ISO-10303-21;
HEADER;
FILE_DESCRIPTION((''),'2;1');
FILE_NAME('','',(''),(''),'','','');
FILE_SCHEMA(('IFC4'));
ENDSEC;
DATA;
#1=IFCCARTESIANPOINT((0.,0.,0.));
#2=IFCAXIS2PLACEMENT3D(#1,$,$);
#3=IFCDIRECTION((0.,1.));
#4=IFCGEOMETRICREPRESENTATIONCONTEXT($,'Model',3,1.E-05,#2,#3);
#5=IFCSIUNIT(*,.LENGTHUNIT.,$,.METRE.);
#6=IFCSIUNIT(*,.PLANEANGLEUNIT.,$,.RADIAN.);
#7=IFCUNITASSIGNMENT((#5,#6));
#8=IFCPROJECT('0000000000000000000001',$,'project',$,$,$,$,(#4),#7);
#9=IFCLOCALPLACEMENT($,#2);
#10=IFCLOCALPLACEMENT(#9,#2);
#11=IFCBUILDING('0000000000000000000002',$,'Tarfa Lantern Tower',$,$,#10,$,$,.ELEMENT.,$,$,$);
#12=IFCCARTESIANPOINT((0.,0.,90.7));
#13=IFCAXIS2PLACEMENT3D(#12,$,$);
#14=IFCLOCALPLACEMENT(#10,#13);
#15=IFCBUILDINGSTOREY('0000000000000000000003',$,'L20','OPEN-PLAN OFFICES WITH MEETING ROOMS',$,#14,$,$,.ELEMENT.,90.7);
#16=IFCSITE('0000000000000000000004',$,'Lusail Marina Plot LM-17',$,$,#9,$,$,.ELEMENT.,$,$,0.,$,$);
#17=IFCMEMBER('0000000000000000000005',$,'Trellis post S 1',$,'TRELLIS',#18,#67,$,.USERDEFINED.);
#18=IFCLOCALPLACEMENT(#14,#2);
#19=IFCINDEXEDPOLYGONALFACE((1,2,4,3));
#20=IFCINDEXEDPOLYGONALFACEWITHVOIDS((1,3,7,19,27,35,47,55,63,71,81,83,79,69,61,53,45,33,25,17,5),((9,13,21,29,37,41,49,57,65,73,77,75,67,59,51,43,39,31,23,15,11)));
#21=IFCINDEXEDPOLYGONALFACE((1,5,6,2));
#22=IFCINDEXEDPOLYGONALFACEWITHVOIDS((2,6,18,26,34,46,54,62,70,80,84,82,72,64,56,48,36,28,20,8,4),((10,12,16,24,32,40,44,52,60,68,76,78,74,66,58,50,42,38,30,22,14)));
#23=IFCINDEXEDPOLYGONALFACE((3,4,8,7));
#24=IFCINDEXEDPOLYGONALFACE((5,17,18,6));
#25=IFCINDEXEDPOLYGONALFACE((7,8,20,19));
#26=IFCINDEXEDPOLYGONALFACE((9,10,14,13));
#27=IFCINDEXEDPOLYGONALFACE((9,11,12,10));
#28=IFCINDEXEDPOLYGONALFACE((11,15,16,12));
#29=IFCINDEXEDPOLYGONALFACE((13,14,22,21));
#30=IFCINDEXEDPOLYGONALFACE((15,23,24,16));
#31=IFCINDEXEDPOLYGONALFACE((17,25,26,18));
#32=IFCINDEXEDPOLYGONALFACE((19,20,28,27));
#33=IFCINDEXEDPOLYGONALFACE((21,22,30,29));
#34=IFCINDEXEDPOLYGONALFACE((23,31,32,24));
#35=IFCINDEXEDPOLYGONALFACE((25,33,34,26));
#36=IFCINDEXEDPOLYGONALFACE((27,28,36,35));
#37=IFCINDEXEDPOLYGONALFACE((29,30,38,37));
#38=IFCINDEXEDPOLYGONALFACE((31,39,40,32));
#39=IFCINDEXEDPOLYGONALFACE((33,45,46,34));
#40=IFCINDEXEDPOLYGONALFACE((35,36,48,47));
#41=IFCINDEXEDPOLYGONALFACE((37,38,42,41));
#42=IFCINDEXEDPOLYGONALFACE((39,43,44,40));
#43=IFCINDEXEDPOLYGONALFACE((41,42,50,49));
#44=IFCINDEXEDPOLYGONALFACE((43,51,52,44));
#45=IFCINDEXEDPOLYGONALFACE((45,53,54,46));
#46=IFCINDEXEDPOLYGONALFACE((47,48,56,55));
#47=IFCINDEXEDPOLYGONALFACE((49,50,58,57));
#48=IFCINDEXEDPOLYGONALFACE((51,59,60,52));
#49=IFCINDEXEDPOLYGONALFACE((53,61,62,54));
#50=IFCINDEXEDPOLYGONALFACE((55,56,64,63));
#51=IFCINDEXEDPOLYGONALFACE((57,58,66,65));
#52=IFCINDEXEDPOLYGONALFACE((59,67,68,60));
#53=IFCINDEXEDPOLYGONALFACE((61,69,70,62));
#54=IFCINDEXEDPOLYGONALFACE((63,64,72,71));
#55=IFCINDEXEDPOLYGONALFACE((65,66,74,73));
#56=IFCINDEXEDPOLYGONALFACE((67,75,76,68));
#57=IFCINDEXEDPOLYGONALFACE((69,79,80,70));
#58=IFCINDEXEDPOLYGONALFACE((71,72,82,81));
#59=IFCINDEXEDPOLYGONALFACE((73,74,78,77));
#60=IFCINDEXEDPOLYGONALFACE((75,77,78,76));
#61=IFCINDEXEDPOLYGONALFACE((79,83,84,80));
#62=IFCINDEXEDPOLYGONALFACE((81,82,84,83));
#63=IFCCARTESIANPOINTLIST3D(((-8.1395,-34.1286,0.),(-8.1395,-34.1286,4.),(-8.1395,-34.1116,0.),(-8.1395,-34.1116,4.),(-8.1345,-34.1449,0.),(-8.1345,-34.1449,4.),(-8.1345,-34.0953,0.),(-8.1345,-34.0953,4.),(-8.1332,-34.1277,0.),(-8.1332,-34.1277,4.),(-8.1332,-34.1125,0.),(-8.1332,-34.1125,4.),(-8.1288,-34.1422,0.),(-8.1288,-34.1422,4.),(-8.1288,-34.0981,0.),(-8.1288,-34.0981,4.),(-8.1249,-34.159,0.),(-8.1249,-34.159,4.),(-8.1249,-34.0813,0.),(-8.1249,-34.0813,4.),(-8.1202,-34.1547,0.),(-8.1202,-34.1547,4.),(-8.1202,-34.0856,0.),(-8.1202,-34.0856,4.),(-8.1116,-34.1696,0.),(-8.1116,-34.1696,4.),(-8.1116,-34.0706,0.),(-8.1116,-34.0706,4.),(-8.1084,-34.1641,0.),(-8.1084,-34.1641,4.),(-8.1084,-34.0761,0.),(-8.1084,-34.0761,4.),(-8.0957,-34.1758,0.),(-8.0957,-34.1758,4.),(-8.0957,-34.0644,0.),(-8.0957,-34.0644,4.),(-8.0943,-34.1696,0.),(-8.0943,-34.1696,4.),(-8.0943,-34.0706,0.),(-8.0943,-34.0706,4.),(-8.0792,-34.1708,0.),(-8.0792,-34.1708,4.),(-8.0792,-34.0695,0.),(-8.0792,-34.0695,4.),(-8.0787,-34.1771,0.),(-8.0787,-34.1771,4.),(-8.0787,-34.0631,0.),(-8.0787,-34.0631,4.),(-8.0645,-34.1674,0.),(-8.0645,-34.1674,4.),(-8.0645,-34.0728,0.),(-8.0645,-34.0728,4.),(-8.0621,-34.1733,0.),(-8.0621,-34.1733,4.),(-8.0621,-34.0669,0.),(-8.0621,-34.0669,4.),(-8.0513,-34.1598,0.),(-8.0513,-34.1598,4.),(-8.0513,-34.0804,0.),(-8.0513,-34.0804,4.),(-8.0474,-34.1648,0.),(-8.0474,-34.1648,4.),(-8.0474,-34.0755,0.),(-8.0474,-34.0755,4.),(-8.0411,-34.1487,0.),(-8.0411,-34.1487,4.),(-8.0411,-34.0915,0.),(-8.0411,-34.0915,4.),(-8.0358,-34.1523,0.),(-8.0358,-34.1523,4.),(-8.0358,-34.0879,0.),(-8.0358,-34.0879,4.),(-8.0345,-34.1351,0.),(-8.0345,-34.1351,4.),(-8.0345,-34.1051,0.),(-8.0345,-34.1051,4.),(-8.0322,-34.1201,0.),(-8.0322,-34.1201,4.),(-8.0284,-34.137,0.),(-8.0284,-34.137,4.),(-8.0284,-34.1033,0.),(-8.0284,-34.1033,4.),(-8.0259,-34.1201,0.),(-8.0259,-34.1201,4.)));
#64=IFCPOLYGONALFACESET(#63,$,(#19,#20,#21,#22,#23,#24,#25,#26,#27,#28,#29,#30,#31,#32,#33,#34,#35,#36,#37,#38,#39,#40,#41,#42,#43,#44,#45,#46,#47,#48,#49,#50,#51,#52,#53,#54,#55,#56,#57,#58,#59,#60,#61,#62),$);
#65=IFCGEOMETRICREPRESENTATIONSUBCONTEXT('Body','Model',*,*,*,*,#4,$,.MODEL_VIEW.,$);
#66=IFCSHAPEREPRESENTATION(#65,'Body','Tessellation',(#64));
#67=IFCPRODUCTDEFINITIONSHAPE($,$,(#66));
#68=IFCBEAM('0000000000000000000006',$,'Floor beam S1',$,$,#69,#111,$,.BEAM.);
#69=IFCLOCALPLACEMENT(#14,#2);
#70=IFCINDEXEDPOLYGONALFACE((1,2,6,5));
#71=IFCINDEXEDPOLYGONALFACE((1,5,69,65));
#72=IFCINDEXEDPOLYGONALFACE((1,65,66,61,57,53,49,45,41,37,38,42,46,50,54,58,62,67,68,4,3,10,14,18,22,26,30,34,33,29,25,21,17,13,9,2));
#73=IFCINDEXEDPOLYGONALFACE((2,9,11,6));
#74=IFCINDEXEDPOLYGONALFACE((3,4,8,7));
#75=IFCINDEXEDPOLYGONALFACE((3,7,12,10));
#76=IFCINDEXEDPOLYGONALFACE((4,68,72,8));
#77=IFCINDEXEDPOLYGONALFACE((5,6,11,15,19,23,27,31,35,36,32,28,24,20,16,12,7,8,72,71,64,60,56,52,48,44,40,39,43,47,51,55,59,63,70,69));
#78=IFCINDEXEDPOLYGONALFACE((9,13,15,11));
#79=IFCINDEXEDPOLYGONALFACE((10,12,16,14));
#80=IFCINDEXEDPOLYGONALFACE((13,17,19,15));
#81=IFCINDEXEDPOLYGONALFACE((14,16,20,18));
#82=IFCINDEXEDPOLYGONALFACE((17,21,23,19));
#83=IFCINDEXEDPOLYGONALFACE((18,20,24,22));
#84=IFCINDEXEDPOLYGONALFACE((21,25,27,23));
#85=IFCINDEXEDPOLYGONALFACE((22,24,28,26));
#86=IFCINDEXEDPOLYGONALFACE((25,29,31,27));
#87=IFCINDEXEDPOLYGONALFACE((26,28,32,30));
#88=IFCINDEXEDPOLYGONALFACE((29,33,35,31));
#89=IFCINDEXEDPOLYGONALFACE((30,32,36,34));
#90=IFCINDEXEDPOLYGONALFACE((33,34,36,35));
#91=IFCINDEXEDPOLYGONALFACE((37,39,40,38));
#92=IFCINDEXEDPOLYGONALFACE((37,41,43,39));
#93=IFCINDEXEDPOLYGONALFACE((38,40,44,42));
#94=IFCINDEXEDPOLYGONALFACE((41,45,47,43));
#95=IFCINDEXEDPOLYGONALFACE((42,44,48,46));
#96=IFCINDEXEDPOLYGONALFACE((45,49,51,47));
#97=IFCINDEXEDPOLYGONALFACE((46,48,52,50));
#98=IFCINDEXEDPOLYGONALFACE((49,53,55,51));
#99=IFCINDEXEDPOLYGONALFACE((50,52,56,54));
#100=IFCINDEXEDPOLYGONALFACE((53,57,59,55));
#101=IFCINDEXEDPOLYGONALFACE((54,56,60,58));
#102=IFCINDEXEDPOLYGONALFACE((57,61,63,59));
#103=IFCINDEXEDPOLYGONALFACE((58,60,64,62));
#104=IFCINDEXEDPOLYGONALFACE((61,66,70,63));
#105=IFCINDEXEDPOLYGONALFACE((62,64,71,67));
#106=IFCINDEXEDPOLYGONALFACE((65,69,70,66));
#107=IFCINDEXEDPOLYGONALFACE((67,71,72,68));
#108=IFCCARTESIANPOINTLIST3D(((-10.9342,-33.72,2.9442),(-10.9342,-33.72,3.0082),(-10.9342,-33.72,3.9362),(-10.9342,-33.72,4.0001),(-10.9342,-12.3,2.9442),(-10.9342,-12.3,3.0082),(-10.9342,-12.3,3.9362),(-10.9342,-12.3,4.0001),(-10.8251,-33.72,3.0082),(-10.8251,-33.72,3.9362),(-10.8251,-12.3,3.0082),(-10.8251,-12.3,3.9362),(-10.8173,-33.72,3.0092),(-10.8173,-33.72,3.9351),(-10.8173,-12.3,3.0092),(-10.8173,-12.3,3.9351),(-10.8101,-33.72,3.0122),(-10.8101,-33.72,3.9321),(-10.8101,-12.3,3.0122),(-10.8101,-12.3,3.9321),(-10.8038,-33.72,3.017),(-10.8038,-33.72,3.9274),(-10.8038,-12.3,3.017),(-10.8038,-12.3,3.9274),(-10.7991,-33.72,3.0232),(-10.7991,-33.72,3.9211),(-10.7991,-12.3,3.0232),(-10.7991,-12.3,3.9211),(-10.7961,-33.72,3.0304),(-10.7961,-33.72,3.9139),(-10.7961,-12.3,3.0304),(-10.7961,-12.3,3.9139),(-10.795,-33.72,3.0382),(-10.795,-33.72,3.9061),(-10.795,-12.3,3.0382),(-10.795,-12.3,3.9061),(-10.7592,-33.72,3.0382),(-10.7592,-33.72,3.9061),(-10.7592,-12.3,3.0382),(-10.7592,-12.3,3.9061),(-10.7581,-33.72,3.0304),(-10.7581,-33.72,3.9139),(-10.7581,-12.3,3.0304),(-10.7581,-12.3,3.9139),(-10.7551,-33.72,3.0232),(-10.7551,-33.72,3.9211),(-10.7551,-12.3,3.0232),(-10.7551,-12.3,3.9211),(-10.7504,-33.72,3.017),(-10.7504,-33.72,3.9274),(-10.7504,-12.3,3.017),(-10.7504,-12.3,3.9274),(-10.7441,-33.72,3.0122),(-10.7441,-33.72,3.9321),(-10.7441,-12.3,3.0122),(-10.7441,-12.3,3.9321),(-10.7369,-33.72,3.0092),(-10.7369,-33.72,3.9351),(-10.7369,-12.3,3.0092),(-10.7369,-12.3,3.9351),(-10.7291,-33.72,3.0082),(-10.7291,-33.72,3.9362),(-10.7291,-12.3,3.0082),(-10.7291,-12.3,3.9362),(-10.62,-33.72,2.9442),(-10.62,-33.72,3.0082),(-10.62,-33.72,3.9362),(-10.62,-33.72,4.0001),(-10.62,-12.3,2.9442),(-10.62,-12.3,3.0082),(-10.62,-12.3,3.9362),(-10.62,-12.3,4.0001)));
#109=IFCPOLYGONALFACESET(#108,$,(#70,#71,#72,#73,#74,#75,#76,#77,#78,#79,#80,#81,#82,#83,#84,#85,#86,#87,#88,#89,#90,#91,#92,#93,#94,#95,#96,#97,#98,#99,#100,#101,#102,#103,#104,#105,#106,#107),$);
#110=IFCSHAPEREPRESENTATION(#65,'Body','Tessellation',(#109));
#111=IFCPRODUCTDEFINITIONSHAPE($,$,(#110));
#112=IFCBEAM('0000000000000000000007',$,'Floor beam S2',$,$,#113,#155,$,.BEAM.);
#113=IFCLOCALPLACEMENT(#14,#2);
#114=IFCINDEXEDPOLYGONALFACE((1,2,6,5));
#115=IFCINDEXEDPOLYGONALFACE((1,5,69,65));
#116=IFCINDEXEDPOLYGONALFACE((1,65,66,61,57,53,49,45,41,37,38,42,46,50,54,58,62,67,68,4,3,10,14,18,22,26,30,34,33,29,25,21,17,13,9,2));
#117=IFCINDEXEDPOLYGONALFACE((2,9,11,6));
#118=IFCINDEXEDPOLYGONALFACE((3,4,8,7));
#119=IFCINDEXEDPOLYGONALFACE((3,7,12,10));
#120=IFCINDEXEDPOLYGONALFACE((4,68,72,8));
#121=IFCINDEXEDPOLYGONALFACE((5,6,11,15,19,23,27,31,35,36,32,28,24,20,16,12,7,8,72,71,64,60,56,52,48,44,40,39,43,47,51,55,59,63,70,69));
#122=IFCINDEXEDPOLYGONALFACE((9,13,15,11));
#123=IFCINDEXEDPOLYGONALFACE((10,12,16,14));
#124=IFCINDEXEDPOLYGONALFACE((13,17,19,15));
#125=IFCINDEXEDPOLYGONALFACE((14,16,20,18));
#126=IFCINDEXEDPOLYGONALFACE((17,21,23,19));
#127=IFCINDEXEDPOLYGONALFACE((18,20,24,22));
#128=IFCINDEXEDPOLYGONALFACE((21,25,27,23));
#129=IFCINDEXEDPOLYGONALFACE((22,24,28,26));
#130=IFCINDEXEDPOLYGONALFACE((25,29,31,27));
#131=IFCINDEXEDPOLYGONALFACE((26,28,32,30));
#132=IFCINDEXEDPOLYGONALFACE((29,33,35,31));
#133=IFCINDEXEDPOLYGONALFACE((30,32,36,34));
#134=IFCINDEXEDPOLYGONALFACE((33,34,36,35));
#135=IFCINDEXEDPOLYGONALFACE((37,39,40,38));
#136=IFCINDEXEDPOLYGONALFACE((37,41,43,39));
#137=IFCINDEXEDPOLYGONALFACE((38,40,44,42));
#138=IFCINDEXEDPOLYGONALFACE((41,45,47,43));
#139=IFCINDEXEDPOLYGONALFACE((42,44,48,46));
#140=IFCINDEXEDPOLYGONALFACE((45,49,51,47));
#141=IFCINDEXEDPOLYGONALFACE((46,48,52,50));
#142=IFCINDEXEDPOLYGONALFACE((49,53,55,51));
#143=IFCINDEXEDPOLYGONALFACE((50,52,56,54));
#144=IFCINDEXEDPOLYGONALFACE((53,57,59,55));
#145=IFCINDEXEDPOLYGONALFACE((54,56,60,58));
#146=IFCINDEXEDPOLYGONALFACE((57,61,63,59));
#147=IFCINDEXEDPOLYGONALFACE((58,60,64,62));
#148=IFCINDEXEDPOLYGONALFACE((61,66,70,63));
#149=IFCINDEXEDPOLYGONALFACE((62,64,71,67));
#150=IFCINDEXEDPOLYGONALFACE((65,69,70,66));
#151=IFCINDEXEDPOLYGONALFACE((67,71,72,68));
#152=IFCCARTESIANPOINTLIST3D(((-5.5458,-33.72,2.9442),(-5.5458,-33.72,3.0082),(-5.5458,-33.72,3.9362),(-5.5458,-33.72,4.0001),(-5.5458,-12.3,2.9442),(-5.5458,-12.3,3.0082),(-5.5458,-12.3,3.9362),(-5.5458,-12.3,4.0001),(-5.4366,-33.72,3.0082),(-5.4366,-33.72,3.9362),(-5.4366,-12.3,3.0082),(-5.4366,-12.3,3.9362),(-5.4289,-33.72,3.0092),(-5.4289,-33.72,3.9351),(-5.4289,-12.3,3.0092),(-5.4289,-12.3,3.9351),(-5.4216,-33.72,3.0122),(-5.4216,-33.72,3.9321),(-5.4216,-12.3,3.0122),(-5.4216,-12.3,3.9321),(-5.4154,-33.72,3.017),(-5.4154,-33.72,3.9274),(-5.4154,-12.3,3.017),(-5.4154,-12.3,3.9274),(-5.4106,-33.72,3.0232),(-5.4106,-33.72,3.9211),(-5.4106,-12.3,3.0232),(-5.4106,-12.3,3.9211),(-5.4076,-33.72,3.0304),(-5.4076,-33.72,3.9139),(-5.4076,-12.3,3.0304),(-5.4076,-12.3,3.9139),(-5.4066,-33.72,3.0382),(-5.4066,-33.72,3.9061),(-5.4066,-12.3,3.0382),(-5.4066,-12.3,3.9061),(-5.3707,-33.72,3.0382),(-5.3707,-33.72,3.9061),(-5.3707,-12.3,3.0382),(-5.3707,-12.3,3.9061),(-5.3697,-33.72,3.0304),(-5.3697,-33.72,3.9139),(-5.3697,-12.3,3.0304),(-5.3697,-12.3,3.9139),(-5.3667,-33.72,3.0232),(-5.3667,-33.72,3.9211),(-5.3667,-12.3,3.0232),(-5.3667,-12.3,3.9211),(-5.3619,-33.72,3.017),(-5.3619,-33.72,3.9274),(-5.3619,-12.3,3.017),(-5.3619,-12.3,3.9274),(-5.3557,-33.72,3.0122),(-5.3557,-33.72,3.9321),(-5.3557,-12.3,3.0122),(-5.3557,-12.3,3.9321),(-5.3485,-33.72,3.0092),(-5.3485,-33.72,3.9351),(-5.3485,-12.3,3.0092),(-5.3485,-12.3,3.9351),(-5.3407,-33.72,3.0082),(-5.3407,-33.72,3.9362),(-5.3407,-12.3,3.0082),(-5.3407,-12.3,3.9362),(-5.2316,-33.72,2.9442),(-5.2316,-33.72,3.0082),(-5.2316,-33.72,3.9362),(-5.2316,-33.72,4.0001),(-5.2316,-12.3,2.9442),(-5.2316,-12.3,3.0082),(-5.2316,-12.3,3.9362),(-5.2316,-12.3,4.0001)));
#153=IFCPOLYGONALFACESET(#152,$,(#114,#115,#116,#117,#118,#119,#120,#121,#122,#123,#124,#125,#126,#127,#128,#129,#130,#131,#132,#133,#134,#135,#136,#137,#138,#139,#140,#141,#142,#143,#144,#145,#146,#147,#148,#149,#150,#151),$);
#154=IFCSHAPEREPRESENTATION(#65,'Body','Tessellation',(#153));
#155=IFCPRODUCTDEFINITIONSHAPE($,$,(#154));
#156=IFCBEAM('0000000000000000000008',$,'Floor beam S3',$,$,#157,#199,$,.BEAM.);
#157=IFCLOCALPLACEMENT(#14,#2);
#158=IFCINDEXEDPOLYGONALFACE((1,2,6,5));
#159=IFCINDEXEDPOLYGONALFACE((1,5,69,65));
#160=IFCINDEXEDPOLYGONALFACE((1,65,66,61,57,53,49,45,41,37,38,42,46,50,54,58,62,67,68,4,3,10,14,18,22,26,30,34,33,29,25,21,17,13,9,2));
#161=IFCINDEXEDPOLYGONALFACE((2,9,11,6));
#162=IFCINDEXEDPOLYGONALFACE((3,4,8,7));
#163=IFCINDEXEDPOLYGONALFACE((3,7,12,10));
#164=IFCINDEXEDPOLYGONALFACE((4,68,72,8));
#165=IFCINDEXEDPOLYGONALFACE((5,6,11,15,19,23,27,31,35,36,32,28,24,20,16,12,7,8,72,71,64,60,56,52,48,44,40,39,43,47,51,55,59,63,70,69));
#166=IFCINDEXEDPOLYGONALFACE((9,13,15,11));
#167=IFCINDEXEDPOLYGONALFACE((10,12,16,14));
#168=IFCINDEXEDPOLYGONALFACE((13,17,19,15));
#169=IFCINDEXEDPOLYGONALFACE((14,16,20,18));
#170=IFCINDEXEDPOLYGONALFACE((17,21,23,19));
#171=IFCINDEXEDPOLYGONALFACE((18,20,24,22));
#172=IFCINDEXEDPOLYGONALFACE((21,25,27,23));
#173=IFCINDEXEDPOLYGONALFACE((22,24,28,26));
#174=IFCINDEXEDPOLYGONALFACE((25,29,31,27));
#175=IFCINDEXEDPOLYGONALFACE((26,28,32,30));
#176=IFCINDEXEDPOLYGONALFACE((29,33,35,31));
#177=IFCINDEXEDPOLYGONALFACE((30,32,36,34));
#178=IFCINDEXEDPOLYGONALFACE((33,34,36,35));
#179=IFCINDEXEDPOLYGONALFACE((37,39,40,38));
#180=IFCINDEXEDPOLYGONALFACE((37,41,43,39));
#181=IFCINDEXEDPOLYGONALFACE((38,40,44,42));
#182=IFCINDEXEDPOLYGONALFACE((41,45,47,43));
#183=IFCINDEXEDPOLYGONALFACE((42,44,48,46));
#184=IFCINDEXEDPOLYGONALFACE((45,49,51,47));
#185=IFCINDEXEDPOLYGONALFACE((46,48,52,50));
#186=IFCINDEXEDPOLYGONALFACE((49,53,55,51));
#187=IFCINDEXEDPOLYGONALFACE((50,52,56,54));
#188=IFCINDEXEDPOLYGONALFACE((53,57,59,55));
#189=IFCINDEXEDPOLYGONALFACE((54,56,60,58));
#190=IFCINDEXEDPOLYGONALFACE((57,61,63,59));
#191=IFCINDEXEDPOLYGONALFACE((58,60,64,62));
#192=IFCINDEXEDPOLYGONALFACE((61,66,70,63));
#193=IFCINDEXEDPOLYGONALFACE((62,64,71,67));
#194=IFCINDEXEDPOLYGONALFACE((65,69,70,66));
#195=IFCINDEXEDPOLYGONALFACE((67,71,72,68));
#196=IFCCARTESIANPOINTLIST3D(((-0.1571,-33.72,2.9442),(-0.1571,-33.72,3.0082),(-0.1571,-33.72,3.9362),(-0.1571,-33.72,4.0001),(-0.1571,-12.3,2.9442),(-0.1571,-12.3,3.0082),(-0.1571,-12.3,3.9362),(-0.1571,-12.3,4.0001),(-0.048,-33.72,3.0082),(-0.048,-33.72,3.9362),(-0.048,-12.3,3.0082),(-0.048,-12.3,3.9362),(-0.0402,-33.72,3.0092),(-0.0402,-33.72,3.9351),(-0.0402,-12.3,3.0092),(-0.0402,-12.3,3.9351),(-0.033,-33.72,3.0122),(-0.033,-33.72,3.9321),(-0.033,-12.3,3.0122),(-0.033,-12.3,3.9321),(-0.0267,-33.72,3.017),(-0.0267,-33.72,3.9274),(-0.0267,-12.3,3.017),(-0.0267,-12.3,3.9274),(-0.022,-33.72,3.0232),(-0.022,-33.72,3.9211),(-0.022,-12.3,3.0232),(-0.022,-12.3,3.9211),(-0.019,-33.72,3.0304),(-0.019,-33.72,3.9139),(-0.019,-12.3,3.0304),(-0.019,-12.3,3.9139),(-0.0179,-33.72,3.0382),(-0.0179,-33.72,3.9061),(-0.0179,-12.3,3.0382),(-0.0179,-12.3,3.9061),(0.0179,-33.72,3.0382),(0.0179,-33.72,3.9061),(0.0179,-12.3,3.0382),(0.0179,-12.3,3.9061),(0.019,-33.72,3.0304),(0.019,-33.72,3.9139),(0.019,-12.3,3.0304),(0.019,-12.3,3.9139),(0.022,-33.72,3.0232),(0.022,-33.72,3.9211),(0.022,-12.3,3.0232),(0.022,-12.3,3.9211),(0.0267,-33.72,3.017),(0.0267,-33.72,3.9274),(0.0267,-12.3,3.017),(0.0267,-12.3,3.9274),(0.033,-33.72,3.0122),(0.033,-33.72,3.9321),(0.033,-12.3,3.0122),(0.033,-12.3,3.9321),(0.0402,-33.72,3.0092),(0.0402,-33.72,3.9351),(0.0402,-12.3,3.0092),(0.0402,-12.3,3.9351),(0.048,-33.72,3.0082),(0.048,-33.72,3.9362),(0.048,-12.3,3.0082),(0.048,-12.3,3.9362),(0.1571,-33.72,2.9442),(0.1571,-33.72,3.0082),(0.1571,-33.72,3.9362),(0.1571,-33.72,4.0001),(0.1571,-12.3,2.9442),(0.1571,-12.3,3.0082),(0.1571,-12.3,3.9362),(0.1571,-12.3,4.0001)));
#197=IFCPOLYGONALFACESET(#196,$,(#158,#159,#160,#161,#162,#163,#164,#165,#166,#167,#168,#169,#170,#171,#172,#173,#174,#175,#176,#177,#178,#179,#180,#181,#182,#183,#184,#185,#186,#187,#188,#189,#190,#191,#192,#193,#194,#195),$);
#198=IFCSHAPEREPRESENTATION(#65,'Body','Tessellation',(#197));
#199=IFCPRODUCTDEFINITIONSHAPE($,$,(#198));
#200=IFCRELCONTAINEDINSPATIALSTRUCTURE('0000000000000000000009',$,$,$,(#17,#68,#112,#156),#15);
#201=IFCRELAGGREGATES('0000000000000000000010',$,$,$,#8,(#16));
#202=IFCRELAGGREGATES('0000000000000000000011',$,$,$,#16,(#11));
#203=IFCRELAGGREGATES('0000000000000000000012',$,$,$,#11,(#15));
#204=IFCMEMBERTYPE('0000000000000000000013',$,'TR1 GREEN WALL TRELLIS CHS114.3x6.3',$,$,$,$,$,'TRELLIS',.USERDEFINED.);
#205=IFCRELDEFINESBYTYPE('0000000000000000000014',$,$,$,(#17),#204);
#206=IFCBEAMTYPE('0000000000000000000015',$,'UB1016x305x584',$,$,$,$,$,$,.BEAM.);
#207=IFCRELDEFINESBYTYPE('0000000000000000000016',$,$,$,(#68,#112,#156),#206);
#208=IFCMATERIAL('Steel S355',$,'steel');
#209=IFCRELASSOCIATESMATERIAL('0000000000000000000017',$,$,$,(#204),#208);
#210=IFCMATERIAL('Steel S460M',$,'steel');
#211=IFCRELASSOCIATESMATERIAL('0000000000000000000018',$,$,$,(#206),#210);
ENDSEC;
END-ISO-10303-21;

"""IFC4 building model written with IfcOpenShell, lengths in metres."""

from ifc_helpers import new_model, si_unit, direction, frame, origin, origin_2d, place, context, subcontext, project, spatial, hollow_circle, i_section, extrude, material, material_profile, profile_set, type_object, element, save


model = new_model("IFC4")

# Units and contexts
model_context = context("Model", 3, precision=1e-05, world=origin(), true_north=direction((0.0, 1.0)))
body_context = subcontext(model_context, "Body", "Model", "MODEL_VIEW")
ifc_project = project(units=[si_unit("LENGTHUNIT", "METRE"), si_unit("PLANEANGLEUNIT", "RADIAN")], contexts=[model_context])

# Site, building, storey
site_placement = place(None, origin())
site = spatial("IfcSite", under=ifc_project, at=site_placement, Name="Lusail Marina Plot LM-17", CompositionType="ELEMENT", RefElevation=0.0)
building_placement = place(site_placement, origin())
building = spatial("IfcBuilding", under=site, at=building_placement, Name="Tarfa Lantern Tower", CompositionType="ELEMENT")
storey_placement = place(building_placement, frame((0.0, 0.0, 90.7)))
storey = spatial("IfcBuildingStorey", under=building, at=storey_placement, Name="L20", Description="OPEN-PLAN OFFICES WITH MEETING ROOMS", CompositionType="ELEMENT", Elevation=90.7)

# Member
ifc_material_1 = material(Name="Steel S355", Category="steel")
ifc_material_profile_1 = material_profile(ifc_material_1, hollow_circle(Radius=0.0571, WallThickness=0.0063, at=origin_2d()), Name="CHS114.3x6.3")
ifc_profile_set_1 = profile_set([ifc_material_profile_1], Name="Steel S355")
member_type_1 = type_object("IfcMemberType", Name="TR1 GREEN WALL TRELLIS CHS114.3x6.3", ElementType="TRELLIS", PredefinedType="USERDEFINED", material=ifc_profile_set_1)
member_1_placement = place(storey_placement, frame((-8.083, -34.1201, 0.0), z_axis=(0.0, 0.0, 1.0), x_axis=(1.0, 0.0, 0.0)))
element("IfcMember", 1, at=member_1_placement, inside=storey, type_object=member_type_1, Name="Trellis post S 1", ObjectType="TRELLIS", PredefinedType="USERDEFINED", context=body_context, shape_type="SweptSolid", body=[
    extrude(hollow_circle(Radius=0.0571, WallThickness=0.0063, at=origin_2d()), origin(), (0.0, 0.0, 1.0), 4.0),
])

# Beams
ifc_material_2 = material(Name="Steel S460M", Category="steel")
ifc_material_profile_2 = material_profile(ifc_material_2, i_section(OverallWidth=0.3142, OverallDepth=1.0559, WebThickness=0.0359, FlangeThickness=0.064, FilletRadius=0.03, at=origin_2d()), Name="UB1016x305x584")
ifc_profile_set_2 = profile_set([ifc_material_profile_2], Name="Steel S460M")
beam_type_1 = type_object("IfcBeamType", Name="UB1016x305x584", PredefinedType="BEAM", material=ifc_profile_set_2)
for number, where, z_axis, x_axis, name in (
    (2, (-10.7771, -33.72, 3.4722), (0.0, 1.0, 0.0), (-1.0, 0.0, 0.0), "Floor beam S1"),
    (3, (-5.3887, -33.72, 3.4722), (0.0, 1.0, 0.0), (-1.0, 0.0, 0.0), "Floor beam S2"),
    (4, (0.0, -33.72, 3.4722), (0.0, 1.0, 0.0), (-1.0, 0.0, 0.0), "Floor beam S3"),
):
    element("IfcBeam", number, at=place(storey_placement, frame(where, z_axis=z_axis, x_axis=x_axis)), inside=storey, type_object=beam_type_1, Name=name, PredefinedType="BEAM", context=body_context, shape_type="SweptSolid", body=[
        extrude(i_section(OverallWidth=0.3142, OverallDepth=1.0559, WebThickness=0.0359, FlangeThickness=0.064, FilletRadius=0.03, at=origin_2d()), origin(), (0.0, 0.0, 1.0), 21.4199),
    ])

save(model, "model.ifc")
